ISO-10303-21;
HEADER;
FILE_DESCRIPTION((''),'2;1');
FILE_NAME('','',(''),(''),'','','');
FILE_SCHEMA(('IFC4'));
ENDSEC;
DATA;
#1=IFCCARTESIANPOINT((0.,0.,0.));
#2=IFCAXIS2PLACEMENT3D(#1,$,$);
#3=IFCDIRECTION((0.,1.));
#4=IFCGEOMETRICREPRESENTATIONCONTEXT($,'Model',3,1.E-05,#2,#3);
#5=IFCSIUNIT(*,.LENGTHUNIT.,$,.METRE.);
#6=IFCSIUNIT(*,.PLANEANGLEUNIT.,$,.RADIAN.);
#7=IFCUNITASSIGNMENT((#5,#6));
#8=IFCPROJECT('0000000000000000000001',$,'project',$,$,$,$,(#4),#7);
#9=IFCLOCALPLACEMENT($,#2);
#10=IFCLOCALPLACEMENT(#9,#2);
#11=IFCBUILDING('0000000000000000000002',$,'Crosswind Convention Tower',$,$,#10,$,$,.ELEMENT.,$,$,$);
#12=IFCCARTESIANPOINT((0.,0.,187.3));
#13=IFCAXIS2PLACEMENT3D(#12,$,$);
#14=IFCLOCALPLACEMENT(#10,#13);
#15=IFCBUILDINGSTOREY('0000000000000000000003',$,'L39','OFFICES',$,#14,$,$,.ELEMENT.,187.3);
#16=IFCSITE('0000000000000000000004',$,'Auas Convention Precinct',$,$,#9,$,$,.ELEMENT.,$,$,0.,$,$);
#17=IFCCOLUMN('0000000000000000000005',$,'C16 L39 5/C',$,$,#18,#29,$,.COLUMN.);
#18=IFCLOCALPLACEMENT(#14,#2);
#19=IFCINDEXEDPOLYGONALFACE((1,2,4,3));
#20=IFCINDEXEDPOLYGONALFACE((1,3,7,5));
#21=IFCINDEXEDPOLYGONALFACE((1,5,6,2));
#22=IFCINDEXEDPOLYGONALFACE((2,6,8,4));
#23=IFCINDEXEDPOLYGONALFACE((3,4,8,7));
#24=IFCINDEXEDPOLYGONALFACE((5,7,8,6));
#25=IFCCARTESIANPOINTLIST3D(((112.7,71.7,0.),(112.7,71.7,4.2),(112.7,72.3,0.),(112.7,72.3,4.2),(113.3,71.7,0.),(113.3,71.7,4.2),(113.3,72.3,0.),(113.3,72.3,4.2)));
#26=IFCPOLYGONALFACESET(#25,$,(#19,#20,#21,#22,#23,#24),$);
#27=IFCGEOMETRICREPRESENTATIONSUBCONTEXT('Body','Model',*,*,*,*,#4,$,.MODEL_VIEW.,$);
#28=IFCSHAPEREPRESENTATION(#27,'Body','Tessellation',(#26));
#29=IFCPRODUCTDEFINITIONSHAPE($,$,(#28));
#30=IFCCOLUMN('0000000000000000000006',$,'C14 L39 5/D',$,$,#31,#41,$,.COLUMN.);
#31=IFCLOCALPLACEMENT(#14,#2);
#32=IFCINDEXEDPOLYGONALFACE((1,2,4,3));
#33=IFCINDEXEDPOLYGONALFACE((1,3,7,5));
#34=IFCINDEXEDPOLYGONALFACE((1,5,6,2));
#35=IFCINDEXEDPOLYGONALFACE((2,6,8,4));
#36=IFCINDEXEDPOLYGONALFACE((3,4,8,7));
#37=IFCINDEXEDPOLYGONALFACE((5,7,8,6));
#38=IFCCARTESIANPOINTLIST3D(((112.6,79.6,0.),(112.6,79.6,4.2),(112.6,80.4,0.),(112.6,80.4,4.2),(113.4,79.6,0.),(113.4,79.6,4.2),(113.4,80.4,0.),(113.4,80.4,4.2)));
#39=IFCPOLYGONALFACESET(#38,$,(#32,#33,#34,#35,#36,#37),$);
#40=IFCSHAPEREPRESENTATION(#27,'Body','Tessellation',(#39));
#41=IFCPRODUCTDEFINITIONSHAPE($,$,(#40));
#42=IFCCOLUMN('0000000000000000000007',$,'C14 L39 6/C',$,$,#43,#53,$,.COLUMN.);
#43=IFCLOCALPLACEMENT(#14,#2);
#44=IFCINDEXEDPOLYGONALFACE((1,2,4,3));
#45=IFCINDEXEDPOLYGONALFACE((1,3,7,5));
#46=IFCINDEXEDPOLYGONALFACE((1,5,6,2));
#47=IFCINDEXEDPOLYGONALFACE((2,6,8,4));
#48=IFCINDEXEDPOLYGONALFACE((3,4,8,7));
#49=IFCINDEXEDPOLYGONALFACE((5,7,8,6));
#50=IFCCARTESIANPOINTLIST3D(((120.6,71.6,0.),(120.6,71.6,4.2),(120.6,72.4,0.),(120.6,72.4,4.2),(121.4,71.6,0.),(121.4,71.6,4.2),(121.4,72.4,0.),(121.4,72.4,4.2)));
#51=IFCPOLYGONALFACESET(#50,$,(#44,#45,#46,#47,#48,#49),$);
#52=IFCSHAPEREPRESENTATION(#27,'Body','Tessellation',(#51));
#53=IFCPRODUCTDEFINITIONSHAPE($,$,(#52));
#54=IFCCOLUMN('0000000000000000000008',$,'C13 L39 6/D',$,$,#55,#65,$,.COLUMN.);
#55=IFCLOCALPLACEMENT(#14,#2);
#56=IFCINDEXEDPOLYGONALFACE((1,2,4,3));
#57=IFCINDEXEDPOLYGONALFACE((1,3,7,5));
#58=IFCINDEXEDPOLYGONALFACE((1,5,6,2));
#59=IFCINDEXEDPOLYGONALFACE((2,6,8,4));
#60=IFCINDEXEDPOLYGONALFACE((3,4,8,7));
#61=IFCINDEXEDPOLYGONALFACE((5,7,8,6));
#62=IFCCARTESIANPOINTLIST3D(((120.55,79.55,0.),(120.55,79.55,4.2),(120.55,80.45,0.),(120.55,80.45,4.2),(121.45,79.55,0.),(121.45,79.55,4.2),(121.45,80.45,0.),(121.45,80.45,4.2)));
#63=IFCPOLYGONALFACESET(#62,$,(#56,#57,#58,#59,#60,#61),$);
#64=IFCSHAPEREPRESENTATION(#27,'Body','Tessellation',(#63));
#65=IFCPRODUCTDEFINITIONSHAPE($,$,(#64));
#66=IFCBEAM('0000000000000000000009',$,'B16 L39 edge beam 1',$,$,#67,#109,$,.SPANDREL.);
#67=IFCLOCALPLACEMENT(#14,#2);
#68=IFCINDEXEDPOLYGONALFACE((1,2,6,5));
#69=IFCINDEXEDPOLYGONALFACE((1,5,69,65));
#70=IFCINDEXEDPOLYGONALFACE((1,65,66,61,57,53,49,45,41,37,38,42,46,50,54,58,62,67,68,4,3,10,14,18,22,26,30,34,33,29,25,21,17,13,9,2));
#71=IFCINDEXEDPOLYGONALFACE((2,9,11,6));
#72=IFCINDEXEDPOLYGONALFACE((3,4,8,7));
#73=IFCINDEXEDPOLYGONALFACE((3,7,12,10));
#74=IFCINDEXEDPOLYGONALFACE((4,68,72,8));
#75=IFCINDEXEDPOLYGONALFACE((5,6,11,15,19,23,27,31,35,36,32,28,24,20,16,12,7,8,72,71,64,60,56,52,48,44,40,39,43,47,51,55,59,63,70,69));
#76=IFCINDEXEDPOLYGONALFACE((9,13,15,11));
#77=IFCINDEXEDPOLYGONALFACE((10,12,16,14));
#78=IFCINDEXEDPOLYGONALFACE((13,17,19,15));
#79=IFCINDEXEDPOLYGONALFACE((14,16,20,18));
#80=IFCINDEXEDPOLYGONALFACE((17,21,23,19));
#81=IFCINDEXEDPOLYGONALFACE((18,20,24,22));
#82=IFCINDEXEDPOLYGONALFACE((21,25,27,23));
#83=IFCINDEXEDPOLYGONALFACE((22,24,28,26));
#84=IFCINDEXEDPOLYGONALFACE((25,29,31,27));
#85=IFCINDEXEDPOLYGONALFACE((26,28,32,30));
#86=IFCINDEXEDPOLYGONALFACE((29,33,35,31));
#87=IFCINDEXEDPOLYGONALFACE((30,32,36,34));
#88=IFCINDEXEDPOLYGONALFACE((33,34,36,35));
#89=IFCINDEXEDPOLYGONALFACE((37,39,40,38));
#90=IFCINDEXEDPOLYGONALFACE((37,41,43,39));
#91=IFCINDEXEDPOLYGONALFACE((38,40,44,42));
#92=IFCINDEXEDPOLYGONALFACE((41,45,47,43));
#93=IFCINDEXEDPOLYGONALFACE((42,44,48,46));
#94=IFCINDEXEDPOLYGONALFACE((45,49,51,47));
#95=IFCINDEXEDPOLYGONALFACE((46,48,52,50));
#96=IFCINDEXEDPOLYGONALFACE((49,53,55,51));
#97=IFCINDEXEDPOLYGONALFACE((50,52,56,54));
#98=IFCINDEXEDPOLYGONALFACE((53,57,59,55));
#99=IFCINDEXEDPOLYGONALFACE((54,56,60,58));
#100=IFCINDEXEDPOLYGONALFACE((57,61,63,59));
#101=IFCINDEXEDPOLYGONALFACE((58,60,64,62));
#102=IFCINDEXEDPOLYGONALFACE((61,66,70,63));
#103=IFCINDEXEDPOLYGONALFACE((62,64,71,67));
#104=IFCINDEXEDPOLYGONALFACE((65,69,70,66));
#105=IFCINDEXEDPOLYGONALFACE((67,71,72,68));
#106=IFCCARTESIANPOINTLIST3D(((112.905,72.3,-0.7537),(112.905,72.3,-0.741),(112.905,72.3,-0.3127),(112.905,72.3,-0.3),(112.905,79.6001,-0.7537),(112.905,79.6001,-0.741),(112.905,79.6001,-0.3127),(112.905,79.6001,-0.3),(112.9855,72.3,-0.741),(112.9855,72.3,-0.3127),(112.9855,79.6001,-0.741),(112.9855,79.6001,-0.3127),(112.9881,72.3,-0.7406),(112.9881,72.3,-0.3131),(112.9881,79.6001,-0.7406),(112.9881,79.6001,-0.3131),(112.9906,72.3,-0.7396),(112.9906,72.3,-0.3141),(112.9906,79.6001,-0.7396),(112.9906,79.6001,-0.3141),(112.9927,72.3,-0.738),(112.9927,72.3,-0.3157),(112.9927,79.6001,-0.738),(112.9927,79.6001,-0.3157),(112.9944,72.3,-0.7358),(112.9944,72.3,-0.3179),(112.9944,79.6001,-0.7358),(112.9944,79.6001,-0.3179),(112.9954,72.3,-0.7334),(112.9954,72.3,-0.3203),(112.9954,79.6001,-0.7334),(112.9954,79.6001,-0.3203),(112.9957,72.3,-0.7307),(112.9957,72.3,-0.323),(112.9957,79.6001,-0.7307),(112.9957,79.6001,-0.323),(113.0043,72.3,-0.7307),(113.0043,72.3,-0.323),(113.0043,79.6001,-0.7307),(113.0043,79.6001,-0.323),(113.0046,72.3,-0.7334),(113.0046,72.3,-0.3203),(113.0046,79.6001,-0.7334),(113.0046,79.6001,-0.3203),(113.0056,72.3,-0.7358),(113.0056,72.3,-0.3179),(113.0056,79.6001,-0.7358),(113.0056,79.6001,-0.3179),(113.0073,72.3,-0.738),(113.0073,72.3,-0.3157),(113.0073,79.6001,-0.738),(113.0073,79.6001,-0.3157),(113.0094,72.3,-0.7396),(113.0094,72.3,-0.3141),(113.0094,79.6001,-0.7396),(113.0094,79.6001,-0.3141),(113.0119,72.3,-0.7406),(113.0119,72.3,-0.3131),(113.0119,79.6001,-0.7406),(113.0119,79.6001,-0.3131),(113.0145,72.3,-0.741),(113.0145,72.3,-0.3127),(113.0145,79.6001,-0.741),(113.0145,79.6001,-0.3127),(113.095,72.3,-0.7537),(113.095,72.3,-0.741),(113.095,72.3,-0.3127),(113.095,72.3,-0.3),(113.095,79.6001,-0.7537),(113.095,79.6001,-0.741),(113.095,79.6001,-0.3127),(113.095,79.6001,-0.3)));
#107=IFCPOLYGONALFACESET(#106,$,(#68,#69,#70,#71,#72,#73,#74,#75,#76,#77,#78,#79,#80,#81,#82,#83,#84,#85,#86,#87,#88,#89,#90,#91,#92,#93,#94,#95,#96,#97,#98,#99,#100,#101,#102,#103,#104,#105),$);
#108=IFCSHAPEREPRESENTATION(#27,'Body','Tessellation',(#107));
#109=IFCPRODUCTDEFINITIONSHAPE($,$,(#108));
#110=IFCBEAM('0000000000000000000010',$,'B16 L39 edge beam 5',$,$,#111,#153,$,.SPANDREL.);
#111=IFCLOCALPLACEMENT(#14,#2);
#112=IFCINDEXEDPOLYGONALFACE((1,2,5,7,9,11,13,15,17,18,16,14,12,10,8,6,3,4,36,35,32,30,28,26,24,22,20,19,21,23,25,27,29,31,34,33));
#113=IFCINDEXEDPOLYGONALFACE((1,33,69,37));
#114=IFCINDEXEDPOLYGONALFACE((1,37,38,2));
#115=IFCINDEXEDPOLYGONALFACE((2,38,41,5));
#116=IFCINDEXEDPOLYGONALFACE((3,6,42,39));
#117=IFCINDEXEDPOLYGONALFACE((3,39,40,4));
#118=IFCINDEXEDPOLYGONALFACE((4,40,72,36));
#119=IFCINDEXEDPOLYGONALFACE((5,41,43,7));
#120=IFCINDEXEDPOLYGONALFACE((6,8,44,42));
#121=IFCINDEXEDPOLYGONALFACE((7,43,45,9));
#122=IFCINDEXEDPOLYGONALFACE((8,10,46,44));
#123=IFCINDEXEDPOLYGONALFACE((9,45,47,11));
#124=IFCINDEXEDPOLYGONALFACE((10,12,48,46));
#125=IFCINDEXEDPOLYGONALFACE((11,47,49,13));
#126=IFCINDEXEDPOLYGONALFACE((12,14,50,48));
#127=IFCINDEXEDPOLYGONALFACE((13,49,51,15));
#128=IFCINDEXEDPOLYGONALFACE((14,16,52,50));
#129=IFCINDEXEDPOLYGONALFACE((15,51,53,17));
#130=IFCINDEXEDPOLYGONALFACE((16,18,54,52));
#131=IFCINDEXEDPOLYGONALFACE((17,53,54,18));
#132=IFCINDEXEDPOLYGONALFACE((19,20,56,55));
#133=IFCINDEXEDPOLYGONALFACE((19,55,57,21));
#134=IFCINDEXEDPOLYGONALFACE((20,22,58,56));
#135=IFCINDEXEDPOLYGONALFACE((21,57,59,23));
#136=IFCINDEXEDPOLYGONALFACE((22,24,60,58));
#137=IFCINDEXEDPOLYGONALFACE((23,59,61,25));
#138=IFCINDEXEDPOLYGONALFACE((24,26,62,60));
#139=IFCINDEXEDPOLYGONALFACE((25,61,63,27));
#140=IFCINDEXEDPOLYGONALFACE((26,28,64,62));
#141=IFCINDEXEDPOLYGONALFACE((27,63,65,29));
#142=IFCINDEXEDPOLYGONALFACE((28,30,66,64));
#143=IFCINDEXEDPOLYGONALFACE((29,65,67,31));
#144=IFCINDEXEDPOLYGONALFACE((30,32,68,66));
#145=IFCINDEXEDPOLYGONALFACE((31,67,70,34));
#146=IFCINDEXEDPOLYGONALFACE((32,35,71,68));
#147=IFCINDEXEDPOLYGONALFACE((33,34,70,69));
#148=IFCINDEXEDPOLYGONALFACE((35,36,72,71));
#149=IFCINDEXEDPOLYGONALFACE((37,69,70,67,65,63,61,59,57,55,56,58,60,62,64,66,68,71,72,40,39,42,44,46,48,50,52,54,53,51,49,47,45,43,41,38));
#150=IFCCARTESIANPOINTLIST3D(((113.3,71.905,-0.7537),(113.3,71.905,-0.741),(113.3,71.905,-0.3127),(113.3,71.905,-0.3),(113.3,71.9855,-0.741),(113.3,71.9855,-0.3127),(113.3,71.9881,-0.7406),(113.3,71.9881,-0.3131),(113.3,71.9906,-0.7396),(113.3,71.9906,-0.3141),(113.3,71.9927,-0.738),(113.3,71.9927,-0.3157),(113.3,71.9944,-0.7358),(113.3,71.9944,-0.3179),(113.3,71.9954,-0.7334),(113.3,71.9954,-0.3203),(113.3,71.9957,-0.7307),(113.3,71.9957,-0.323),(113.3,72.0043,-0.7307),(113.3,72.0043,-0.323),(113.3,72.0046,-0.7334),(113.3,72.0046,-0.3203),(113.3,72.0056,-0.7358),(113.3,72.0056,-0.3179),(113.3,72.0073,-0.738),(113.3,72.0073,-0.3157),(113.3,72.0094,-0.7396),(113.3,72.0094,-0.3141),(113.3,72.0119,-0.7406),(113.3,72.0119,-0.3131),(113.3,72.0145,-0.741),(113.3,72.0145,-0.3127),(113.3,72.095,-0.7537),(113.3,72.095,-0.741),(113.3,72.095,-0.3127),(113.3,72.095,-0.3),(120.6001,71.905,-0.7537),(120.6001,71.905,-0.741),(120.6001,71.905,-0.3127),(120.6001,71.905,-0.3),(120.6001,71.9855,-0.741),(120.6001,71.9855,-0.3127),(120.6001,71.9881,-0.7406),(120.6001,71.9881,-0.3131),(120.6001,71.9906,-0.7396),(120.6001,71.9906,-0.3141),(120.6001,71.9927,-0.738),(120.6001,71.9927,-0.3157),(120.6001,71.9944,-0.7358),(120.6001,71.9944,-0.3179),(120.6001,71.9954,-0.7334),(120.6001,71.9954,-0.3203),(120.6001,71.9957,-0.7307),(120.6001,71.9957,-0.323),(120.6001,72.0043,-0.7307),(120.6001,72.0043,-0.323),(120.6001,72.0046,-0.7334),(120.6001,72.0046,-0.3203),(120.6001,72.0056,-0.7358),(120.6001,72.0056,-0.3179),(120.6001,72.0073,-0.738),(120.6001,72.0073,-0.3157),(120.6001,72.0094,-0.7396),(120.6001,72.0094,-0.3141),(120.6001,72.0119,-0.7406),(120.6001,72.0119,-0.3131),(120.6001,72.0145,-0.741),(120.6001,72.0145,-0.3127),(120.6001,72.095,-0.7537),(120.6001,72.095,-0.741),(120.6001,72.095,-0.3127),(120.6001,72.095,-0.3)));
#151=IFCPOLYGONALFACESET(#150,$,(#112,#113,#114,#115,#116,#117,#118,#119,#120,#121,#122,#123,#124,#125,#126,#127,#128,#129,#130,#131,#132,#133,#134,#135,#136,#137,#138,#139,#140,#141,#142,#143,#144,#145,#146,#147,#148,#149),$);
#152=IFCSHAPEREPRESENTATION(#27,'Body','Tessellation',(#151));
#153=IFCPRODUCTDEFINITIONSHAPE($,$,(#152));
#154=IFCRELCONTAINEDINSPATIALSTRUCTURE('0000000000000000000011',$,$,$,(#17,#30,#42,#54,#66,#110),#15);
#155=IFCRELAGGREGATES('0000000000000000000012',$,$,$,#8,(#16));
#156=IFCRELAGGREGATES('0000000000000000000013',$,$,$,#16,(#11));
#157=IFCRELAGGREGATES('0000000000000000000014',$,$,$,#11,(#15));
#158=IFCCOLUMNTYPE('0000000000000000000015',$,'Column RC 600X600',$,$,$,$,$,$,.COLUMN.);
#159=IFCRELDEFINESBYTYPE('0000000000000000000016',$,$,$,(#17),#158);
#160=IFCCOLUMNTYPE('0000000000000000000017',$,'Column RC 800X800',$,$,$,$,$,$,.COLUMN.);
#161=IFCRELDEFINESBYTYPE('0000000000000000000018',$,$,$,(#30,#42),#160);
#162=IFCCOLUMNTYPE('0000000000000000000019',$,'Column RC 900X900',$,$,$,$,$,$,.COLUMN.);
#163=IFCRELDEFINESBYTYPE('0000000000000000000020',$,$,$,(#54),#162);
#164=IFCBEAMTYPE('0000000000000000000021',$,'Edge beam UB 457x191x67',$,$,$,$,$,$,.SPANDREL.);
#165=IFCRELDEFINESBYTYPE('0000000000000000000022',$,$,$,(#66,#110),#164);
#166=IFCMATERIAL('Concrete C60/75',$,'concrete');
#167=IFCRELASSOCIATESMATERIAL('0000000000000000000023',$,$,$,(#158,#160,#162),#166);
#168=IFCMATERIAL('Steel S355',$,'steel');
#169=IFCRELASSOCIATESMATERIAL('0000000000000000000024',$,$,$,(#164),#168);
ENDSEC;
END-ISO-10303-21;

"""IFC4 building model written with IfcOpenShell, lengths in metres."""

from ifc_helpers import new_model, si_unit, direction, frame, origin, origin_2d, place, context, subcontext, project, spatial, rectangle, i_section, extrude, material, material_profile, profile_set, type_object, element, save


model = new_model("IFC4")

# Units and contexts
model_context = context("Model", 3, precision=1e-05, world=origin(), true_north=direction((0.0, 1.0)))
body_context = subcontext(model_context, "Body", "Model", "MODEL_VIEW")
ifc_project = project(units=[si_unit("LENGTHUNIT", "METRE"), si_unit("PLANEANGLEUNIT", "RADIAN")], contexts=[model_context])

# Site, building, storey
site_placement = place(None, origin())
site = spatial("IfcSite", under=ifc_project, at=site_placement, Name="Auas Convention Precinct", CompositionType="ELEMENT", RefElevation=0.0)
building_placement = place(site_placement, origin())
building = spatial("IfcBuilding", under=site, at=building_placement, Name="Crosswind Convention Tower", CompositionType="ELEMENT")
storey_placement = place(building_placement, frame((0.0, 0.0, 187.3)))
storey = spatial("IfcBuildingStorey", under=building, at=storey_placement, Name="L39", Description="OFFICES", CompositionType="ELEMENT", Elevation=187.3)

# Columns
ifc_material_1 = material(Name="Concrete C60/75", Category="concrete")
ifc_material_profile_1 = material_profile(ifc_material_1, rectangle(XDim=0.6001, YDim=0.6001, at=origin_2d()), Name="RC 600X600")
ifc_profile_set_1 = profile_set([ifc_material_profile_1], Name="Concrete C60/75")
column_type_1 = type_object("IfcColumnType", Name="Column RC 600X600", PredefinedType="COLUMN", material=ifc_profile_set_1)
column_1_placement = place(storey_placement, frame((113.0, 72.0, 0.0), z_axis=(0.0, 0.0, 1.0), x_axis=(1.0, 0.0, 0.0)))
element("IfcColumn", 1, at=column_1_placement, inside=storey, type_object=column_type_1, Name="C16 L39 5/C", PredefinedType="COLUMN", context=body_context, shape_type="SweptSolid", body=[
    extrude(rectangle(XDim=0.6001, YDim=0.6001, at=origin_2d()), origin(), (0.0, 0.0, 1.0), 4.2),
])
ifc_material_profile_2 = material_profile(ifc_material_1, rectangle(XDim=0.8, YDim=0.8, at=origin_2d()), Name="RC 800X800")
ifc_profile_set_2 = profile_set([ifc_material_profile_2], Name="Concrete C60/75")
column_type_2 = type_object("IfcColumnType", Name="Column RC 800X800", PredefinedType="COLUMN", material=ifc_profile_set_2)
for number, where, z_axis, x_axis, name in (
    (2, (113.0, 80.0, 0.0), (0.0, 0.0, 1.0), (1.0, 0.0, 0.0), "C14 L39 5/D"),
    (3, (121.0, 72.0, 0.0), (0.0, 0.0, 1.0), (1.0, 0.0, 0.0), "C14 L39 6/C"),
):
    element("IfcColumn", number, at=place(storey_placement, frame(where, z_axis=z_axis, x_axis=x_axis)), inside=storey, type_object=column_type_2, Name=name, PredefinedType="COLUMN", context=body_context, shape_type="SweptSolid", body=[
        extrude(rectangle(XDim=0.8, YDim=0.8, at=origin_2d()), origin(), (0.0, 0.0, 1.0), 4.2),
    ])
ifc_material_profile_3 = material_profile(ifc_material_1, rectangle(XDim=0.8999, YDim=0.8999, at=origin_2d()), Name="RC 900X900")
ifc_profile_set_3 = profile_set([ifc_material_profile_3], Name="Concrete C60/75")
column_type_3 = type_object("IfcColumnType", Name="Column RC 900X900", PredefinedType="COLUMN", material=ifc_profile_set_3)
column_2_placement = place(storey_placement, frame((121.0, 80.0, 0.0), z_axis=(0.0, 0.0, 1.0), x_axis=(1.0, 0.0, 0.0)))
element("IfcColumn", 4, at=column_2_placement, inside=storey, type_object=column_type_3, Name="C13 L39 6/D", PredefinedType="COLUMN", context=body_context, shape_type="SweptSolid", body=[
    extrude(rectangle(XDim=0.8999, YDim=0.8999, at=origin_2d()), origin(), (0.0, 0.0, 1.0), 4.2),
])

# Beams
ifc_material_2 = material(Name="Steel S355", Category="steel")
ifc_material_profile_4 = material_profile(ifc_material_2, i_section(OverallWidth=0.1899, OverallDepth=0.4536, WebThickness=0.0085, FlangeThickness=0.0127, FilletRadius=0.0103, at=origin_2d()), Name="UB 457x191x67")
ifc_profile_set_4 = profile_set([ifc_material_profile_4], Name="Steel S355")
beam_type_1 = type_object("IfcBeamType", Name="Edge beam UB 457x191x67", PredefinedType="SPANDREL", material=ifc_profile_set_4)
for number, where, z_axis, x_axis, name in (
    (5, (113.0, 72.3, -0.5269), (0.0, 1.0, 0.0), (-1.0, 0.0, 0.0), "B16 L39 edge beam 1"),
    (6, (113.3, 72.0, -0.5269), (1.0, 0.0, 0.0), (0.0, 1.0, 0.0), "B16 L39 edge beam 5"),
):
    element("IfcBeam", number, at=place(storey_placement, frame(where, z_axis=z_axis, x_axis=x_axis)), inside=storey, type_object=beam_type_1, Name=name, PredefinedType="SPANDREL", context=body_context, shape_type="SweptSolid", body=[
        extrude(i_section(OverallWidth=0.1899, OverallDepth=0.4536, WebThickness=0.0085, FlangeThickness=0.0127, FilletRadius=0.0103, at=origin_2d()), origin(), (0.0, 0.0, 1.0), 7.3),
    ])

save(model, "model.ifc")
